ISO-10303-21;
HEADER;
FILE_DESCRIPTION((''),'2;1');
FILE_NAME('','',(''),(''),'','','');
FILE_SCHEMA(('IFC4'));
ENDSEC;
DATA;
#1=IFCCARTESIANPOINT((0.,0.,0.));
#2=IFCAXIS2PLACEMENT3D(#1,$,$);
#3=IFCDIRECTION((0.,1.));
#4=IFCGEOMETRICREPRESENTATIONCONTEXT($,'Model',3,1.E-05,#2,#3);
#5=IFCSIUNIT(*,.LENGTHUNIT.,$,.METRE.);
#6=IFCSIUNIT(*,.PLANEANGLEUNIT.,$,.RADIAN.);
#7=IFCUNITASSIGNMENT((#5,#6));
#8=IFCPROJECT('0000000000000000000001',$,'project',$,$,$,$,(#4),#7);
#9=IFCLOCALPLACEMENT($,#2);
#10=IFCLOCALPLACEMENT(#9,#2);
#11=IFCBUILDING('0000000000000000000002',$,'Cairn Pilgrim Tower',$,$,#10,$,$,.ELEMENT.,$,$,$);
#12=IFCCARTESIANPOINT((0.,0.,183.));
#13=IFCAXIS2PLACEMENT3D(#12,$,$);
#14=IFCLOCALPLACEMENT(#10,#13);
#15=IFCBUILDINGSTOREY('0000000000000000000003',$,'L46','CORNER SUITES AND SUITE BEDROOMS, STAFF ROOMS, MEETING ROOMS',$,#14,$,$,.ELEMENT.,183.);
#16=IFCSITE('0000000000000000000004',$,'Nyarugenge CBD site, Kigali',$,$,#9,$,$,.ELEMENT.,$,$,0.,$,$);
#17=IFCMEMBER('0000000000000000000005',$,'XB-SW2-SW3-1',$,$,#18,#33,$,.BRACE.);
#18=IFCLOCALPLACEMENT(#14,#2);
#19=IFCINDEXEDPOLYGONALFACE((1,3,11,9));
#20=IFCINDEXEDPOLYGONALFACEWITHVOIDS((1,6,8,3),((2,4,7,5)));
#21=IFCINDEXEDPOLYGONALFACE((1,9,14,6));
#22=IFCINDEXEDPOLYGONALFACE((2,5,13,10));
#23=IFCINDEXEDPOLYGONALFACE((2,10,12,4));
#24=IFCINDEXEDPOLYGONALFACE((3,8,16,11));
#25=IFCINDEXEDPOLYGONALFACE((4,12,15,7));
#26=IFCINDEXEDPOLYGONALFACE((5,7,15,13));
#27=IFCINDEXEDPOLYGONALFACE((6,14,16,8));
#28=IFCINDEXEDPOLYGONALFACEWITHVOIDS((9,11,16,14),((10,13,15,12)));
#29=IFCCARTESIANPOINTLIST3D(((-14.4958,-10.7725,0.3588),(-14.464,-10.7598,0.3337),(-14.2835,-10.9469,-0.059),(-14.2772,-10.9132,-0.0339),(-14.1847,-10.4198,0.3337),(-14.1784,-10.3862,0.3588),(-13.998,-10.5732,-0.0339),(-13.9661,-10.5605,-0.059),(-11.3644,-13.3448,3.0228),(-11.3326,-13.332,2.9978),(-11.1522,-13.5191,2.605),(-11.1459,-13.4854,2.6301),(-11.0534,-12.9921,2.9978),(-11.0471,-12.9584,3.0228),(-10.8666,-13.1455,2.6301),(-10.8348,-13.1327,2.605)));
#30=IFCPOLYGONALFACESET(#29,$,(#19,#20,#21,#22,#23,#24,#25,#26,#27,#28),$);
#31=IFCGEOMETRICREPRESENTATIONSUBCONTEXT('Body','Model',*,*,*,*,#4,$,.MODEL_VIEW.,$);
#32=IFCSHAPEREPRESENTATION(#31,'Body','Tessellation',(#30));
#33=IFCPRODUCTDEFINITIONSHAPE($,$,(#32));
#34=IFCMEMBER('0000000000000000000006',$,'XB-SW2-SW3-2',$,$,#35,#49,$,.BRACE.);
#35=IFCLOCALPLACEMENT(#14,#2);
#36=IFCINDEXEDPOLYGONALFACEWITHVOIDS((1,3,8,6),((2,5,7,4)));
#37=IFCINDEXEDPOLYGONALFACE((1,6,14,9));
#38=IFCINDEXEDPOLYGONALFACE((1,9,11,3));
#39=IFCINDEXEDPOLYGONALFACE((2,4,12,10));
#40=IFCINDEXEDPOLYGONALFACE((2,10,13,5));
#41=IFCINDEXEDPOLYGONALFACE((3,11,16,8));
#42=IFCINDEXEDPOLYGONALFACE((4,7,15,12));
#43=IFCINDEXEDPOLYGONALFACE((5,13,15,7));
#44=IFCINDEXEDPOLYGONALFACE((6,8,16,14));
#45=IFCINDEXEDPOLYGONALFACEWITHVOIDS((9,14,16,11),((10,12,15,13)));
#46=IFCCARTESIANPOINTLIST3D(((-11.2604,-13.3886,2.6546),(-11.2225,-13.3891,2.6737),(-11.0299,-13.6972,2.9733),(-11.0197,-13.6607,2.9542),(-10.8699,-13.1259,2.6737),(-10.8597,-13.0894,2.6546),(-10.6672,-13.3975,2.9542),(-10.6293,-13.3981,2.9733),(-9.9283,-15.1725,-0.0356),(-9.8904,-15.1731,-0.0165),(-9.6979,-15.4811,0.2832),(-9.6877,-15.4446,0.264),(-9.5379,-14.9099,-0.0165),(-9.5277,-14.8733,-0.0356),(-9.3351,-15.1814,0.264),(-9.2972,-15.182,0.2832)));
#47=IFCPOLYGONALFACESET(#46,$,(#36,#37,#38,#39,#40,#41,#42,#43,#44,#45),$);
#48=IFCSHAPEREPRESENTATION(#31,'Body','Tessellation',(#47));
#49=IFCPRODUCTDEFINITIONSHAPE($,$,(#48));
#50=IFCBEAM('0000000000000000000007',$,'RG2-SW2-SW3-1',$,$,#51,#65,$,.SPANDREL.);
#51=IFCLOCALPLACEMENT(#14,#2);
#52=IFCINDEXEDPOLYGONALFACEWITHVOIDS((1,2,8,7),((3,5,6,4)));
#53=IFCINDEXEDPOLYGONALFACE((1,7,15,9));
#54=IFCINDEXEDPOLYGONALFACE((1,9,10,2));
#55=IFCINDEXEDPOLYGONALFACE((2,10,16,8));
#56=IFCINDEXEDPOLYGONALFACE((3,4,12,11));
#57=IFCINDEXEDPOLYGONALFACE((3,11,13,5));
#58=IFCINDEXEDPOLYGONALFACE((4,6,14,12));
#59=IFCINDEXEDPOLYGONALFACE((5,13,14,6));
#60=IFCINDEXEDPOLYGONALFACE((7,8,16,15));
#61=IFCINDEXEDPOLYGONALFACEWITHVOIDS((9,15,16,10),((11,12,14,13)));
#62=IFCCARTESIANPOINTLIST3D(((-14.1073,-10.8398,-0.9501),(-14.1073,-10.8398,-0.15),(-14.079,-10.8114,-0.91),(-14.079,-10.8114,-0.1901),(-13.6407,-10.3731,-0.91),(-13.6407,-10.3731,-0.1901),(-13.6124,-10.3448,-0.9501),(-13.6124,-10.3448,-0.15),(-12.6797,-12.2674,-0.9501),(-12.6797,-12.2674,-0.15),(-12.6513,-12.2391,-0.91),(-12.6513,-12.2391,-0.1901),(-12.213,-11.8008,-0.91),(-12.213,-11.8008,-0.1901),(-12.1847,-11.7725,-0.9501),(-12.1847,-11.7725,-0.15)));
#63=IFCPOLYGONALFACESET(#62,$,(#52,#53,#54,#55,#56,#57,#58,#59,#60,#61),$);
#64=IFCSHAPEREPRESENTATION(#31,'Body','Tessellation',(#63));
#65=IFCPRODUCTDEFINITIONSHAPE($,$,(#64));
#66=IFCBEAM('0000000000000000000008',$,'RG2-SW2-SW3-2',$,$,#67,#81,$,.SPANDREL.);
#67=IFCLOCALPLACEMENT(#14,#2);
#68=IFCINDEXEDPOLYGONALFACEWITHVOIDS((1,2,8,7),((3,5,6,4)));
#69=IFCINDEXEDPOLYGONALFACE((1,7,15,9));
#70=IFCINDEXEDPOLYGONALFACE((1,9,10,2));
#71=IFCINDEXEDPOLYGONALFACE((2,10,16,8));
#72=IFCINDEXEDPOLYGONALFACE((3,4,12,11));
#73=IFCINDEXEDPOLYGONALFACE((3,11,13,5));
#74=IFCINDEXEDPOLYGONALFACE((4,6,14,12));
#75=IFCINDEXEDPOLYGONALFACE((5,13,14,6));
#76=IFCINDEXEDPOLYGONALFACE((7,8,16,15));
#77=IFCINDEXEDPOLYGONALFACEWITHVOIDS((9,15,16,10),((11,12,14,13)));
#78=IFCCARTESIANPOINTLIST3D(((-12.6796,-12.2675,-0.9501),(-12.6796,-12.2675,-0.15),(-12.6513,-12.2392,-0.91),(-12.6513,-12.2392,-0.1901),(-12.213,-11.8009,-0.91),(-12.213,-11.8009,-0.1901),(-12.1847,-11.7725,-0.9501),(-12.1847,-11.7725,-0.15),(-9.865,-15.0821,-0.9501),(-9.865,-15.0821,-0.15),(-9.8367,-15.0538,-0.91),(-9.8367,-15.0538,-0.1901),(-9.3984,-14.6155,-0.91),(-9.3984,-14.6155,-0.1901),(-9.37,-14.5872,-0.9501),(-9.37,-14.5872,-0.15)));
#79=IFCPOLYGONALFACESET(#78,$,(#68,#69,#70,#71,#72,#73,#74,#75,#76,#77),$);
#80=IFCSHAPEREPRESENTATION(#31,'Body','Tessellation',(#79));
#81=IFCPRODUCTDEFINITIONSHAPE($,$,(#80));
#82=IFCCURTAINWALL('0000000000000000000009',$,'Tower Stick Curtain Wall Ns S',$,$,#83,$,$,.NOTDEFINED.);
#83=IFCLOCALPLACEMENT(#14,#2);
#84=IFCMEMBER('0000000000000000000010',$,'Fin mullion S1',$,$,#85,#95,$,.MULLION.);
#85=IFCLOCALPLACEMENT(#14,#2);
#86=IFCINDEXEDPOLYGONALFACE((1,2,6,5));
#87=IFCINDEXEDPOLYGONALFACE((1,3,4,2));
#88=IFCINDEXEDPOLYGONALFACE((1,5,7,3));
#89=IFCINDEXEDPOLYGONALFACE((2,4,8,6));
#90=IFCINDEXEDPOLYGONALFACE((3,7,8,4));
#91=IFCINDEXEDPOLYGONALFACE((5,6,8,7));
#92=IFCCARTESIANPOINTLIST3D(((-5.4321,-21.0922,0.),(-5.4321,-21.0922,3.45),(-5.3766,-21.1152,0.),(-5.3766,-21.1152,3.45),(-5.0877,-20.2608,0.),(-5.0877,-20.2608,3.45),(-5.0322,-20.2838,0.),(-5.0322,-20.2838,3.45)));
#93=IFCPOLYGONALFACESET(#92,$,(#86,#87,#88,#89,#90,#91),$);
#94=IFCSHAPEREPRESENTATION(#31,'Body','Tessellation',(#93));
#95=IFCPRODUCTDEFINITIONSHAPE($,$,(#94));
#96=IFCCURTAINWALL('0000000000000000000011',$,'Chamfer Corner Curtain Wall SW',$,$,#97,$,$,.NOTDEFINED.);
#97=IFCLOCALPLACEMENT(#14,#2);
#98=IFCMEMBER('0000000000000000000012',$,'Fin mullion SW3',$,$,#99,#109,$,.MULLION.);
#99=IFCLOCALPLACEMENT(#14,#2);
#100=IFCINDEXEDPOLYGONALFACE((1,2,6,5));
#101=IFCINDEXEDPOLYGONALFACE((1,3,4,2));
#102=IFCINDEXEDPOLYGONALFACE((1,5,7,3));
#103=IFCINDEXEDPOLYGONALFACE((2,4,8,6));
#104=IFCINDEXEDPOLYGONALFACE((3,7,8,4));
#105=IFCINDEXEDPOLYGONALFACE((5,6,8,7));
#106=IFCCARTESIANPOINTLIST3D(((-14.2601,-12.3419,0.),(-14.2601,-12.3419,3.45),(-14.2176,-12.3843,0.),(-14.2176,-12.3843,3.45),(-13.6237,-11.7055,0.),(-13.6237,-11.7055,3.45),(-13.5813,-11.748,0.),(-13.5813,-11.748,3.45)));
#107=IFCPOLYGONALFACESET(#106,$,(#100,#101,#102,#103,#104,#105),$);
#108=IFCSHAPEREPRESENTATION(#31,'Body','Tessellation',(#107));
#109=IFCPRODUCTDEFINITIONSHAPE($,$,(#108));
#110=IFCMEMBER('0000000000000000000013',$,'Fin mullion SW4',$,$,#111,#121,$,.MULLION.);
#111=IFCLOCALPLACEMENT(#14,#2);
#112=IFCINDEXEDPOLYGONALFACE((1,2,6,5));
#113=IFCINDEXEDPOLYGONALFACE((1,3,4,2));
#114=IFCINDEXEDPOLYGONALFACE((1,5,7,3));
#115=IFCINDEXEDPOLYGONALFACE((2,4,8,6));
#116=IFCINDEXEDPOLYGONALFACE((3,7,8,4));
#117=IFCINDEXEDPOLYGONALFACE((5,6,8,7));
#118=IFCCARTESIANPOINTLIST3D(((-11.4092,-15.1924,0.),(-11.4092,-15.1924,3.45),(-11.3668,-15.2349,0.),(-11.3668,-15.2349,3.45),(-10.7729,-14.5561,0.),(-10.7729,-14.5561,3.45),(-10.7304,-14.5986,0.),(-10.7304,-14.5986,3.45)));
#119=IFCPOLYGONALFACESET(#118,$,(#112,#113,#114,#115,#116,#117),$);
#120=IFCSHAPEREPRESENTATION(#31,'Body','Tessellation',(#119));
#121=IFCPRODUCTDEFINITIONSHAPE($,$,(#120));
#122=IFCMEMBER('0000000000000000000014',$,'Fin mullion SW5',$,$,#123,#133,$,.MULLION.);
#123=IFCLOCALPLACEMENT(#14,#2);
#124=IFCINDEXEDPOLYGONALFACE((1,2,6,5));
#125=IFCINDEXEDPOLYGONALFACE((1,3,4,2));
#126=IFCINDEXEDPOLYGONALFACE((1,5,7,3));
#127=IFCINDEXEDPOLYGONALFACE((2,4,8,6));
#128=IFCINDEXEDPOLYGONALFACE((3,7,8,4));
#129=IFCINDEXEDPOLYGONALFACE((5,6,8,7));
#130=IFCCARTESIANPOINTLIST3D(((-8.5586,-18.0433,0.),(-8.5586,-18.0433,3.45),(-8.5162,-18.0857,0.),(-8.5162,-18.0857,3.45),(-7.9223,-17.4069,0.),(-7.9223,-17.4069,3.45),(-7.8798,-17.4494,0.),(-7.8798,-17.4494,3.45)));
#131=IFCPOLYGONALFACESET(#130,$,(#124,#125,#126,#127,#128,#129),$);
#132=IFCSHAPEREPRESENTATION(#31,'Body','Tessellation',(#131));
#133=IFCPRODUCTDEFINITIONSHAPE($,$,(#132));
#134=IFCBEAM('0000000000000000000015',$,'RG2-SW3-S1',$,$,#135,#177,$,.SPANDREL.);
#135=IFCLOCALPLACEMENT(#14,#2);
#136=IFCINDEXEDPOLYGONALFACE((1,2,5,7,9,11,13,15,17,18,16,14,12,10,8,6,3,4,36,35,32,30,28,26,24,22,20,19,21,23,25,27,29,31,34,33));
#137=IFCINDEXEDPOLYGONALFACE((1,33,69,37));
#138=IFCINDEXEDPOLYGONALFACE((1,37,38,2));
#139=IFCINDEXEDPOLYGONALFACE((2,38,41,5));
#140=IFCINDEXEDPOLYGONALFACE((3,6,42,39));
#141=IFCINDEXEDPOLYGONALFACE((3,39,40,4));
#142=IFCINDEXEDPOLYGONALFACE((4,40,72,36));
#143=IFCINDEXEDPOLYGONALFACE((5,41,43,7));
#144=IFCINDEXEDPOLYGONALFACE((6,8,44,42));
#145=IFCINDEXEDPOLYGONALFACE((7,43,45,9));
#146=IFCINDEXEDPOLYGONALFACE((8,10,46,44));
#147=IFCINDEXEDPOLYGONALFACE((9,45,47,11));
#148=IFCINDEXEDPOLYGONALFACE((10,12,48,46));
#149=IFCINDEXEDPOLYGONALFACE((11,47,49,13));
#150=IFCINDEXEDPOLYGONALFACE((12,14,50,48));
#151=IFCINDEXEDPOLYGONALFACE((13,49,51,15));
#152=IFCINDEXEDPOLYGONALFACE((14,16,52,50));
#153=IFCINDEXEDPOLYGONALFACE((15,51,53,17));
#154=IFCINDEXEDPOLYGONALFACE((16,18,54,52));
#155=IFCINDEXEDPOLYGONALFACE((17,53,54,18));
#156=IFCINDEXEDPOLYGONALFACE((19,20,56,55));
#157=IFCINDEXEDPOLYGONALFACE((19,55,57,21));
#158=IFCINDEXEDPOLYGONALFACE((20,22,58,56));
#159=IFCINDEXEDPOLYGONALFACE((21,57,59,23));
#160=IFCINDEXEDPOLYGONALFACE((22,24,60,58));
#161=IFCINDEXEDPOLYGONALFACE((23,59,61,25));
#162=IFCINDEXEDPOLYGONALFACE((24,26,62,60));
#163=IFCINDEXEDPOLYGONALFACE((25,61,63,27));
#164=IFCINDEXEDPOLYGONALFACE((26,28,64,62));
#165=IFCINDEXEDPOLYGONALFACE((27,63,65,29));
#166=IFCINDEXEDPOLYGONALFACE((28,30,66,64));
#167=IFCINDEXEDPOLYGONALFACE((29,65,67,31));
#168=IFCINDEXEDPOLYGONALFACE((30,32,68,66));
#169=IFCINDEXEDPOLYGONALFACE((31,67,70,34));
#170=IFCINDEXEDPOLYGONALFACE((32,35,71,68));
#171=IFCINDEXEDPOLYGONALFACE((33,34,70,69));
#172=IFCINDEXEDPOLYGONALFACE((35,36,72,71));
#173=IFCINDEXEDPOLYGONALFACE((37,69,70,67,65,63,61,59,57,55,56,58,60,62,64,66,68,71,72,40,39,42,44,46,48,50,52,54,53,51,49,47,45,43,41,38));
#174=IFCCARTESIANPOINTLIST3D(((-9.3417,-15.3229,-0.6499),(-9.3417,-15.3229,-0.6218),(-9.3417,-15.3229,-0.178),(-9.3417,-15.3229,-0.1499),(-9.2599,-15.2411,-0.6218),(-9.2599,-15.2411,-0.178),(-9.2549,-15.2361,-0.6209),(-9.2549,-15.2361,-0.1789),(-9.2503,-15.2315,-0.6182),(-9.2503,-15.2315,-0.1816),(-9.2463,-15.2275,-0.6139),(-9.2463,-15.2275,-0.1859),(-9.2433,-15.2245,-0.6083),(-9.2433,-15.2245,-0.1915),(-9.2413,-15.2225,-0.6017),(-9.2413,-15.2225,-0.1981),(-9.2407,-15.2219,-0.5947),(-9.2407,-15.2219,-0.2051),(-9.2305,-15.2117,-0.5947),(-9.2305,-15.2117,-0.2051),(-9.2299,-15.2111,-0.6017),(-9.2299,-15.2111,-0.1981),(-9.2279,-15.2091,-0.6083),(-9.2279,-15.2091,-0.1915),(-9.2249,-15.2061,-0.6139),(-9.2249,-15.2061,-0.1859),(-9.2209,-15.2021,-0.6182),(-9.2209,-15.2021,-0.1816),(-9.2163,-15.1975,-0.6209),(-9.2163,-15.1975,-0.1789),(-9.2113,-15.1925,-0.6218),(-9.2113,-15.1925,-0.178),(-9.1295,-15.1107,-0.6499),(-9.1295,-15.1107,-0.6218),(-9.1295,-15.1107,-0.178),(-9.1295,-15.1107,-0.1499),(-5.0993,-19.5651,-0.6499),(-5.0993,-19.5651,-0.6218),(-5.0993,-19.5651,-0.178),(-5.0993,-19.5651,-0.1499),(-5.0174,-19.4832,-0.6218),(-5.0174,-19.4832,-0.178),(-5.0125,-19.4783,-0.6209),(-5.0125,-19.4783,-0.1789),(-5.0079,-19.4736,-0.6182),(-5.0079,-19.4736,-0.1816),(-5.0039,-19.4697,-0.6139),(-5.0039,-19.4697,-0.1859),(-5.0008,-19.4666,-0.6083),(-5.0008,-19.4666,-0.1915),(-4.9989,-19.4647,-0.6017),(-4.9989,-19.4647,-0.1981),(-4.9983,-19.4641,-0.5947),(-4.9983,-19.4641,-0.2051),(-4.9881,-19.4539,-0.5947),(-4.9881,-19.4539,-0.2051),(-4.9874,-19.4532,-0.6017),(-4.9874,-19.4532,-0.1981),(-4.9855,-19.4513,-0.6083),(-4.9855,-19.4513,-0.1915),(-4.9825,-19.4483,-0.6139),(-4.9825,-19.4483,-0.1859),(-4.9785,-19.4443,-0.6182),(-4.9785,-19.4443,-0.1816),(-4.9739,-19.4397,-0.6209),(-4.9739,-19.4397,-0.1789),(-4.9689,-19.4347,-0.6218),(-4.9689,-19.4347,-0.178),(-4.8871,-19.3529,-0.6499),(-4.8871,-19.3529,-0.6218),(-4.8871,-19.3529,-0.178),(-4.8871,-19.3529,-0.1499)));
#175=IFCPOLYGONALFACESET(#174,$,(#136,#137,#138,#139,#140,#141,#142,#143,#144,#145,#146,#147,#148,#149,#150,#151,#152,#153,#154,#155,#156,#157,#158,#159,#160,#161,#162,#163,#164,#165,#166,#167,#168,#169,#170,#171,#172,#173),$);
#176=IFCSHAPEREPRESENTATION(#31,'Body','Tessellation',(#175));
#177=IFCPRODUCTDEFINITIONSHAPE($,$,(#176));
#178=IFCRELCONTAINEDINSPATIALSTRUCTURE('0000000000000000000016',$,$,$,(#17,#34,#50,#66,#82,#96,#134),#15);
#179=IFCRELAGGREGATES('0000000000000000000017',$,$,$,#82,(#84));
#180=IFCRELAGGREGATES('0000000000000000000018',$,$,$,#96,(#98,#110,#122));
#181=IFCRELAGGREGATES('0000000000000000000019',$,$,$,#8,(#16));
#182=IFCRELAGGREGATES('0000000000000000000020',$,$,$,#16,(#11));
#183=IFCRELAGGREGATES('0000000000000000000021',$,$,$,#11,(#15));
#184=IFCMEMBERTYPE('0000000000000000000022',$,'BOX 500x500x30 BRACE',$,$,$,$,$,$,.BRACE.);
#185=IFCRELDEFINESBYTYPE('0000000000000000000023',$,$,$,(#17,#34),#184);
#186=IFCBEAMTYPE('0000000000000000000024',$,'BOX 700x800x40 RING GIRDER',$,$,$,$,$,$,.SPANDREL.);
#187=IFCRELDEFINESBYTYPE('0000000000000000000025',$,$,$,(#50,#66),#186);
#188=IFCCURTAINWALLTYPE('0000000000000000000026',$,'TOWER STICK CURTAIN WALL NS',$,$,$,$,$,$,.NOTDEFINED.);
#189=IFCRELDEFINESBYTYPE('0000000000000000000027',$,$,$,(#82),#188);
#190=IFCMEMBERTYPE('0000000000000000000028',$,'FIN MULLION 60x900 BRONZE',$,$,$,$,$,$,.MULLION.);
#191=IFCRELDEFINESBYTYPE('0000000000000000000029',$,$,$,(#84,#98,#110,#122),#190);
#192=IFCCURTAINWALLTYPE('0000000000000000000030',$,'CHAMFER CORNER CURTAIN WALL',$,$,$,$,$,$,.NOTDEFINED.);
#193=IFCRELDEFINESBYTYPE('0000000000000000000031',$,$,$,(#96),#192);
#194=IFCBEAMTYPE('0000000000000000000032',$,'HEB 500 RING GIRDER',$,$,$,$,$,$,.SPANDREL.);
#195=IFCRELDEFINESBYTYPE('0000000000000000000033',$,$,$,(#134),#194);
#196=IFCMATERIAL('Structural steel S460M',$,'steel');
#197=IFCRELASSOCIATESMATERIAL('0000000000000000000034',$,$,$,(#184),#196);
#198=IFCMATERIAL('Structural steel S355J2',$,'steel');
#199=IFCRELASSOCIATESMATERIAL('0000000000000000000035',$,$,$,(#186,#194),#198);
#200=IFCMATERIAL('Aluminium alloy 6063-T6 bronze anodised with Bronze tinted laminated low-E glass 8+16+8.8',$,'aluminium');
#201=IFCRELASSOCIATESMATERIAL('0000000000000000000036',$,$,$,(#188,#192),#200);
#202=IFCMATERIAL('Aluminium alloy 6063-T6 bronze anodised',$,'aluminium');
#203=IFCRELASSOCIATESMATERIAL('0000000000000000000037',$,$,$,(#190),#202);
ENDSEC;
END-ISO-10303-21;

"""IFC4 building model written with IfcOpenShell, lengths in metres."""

from ifc_helpers import new_model, si_unit, direction, frame, origin, origin_2d, place, context, subcontext, project, spatial, rectangle, hollow_rectangle, i_section, extrude, material, material_profile, profile_set, type_object, element, aggregate, save


model = new_model("IFC4")

# Units and contexts
model_context = context("Model", 3, precision=1e-05, world=origin(), true_north=direction((0.0, 1.0)))
body_context = subcontext(model_context, "Body", "Model", "MODEL_VIEW")
ifc_project = project(units=[si_unit("LENGTHUNIT", "METRE"), si_unit("PLANEANGLEUNIT", "RADIAN")], contexts=[model_context])

# Site, building, storey
site_placement = place(None, origin())
site = spatial("IfcSite", under=ifc_project, at=site_placement, Name="Nyarugenge CBD site, Kigali", CompositionType="ELEMENT", RefElevation=0.0)
building_placement = place(site_placement, origin())
building = spatial("IfcBuilding", under=site, at=building_placement, Name="Cairn Pilgrim Tower", CompositionType="ELEMENT")
storey_placement = place(building_placement, frame((0.0, 0.0, 183.0)))
storey = spatial("IfcBuildingStorey", under=building, at=storey_placement, Name="L46", Description="CORNER SUITES AND SUITE BEDROOMS, STAFF ROOMS, MEETING ROOMS", CompositionType="ELEMENT", Elevation=183.0)

# Shared definitions
ifc_material_1 = material(Name="Structural steel S460M", Category="steel")

# Members
ifc_material_profile_1 = material_profile(ifc_material_1, hollow_rectangle(XDim=0.5, YDim=0.5, WallThickness=0.03, at=origin_2d()), Name="BOX 500x500x30")
ifc_profile_set_1 = profile_set([ifc_material_profile_1], Name="Structural steel S460M")
member_type_1 = type_object("IfcMemberType", Name="BOX 500x500x30 BRACE", PredefinedType="BRACE", material=ifc_profile_set_1)
member_1_placement = place(storey_placement, frame((-14.231, -10.6665, 0.1499), z_axis=(0.645685, -0.530402, 0.549331), x_axis=(0.634752, 0.772716, 0.0)))
element("IfcMember", 1, at=member_1_placement, inside=storey, type_object=member_type_1, Name="XB-SW2-SW3-1", PredefinedType="BRACE", context=body_context, shape_type="SweptSolid", body=[
    extrude(hollow_rectangle(XDim=0.5, YDim=0.5, WallThickness=0.03, at=origin_2d()), origin(), (0.0, 0.0, 1.0), 4.8496),
])
member_2_placement = place(storey_placement, frame((-9.6128, -15.1772, 0.1238), z_axis=(-0.381456, 0.510868, 0.770393), x_axis=(-0.801275, -0.598297, 0.0)))
element("IfcMember", 2, at=member_2_placement, inside=storey, type_object=member_type_1, Name="XB-SW2-SW3-2", PredefinedType="BRACE", context=body_context, shape_type="SweptSolid", body=[
    extrude(hollow_rectangle(XDim=0.5, YDim=0.5, WallThickness=0.03, at=origin_2d()), origin(), (0.0, 0.0, 1.0), 3.4919),
])

# Beams
ifc_material_2 = material(Name="Structural steel S355J2", Category="steel")
ifc_material_profile_2 = material_profile(ifc_material_2, hollow_rectangle(XDim=0.7, YDim=0.8, WallThickness=0.04, at=origin_2d()), Name="BOX 700x800x40")
ifc_profile_set_2 = profile_set([ifc_material_profile_2], Name="Structural steel S355J2")
beam_type_1 = type_object("IfcBeamType", Name="BOX 700x800x40 RING GIRDER", PredefinedType="SPANDREL", material=ifc_profile_set_2)
beam_1_placement = place(storey_placement, frame((-13.8599, -10.5923, -0.55), z_axis=(0.707107, -0.707107, 0.0), x_axis=(0.707107, 0.707107, 0.0)))
element("IfcBeam", 3, at=beam_1_placement, inside=storey, type_object=beam_type_1, Name="RG2-SW2-SW3-1", PredefinedType="SPANDREL", context=body_context, shape_type="SweptSolid", body=[
    extrude(hollow_rectangle(XDim=0.7, YDim=0.8, WallThickness=0.04, at=origin_2d()), origin(), (0.0, 0.0, 1.0), 2.019),
])
beam_2_placement = place(storey_placement, frame((-12.4321, -12.02, -0.55), z_axis=(0.707107, -0.707107, 0.0), x_axis=(0.707107, 0.707107, 0.0)))
element("IfcBeam", 4, at=beam_2_placement, inside=storey, type_object=beam_type_1, Name="RG2-SW2-SW3-2", PredefinedType="SPANDREL", context=body_context, shape_type="SweptSolid", body=[
    extrude(hollow_rectangle(XDim=0.7, YDim=0.8, WallThickness=0.04, at=origin_2d()), origin(), (0.0, 0.0, 1.0), 3.9805),
])

# Curtain wall, member
ifc_material_3 = material(Name="Aluminium alloy 6063-T6 bronze anodised with Bronze tinted laminated low-E glass 8+16+8.8", Category="aluminium")
curtain_wall_type_1 = type_object("IfcCurtainWallType", Name="TOWER STICK CURTAIN WALL NS", PredefinedType="NOTDEFINED", material=ifc_material_3)
curtain_wall_1_placement = place(storey_placement, origin())
curtain_wall_1 = element("IfcCurtainWall", 5, at=curtain_wall_1_placement, inside=storey, type_object=curtain_wall_type_1, Name="Tower Stick Curtain Wall Ns S", PredefinedType="NOTDEFINED")
ifc_material_4 = material(Name="Aluminium alloy 6063-T6 bronze anodised", Category="aluminium")
ifc_material_profile_3 = material_profile(ifc_material_4, rectangle(XDim=0.8999, YDim=0.0601, at=origin_2d()), Name="FIN MULLION 60x900 BRONZE")
ifc_profile_set_3 = profile_set([ifc_material_profile_3], Name="Aluminium alloy 6063-T6 bronze anodised")
member_type_2 = type_object("IfcMemberType", Name="FIN MULLION 60x900 BRONZE", PredefinedType="MULLION", material=ifc_profile_set_3)
member_3_placement = place(storey_placement, frame((-5.2322, -20.688, 0.0), z_axis=(0.0, 0.0, 1.0), x_axis=(-0.382683, -0.92388, 0.0)))
member_3 = element("IfcMember", 6, at=member_3_placement, type_object=member_type_2, Name="Fin mullion S1", PredefinedType="MULLION", context=body_context, shape_type="SweptSolid", body=[
    extrude(rectangle(XDim=0.8999, YDim=0.0601, at=origin_2d()), origin(), (0.0, 0.0, 1.0), 3.45),
])

# Curtain wall, members
curtain_wall_type_2 = type_object("IfcCurtainWallType", Name="CHAMFER CORNER CURTAIN WALL", PredefinedType="NOTDEFINED", material=ifc_material_3)
curtain_wall_2_placement = place(storey_placement, origin())
curtain_wall_2 = element("IfcCurtainWall", 7, at=curtain_wall_2_placement, inside=storey, type_object=curtain_wall_type_2, Name="Chamfer Corner Curtain Wall SW", PredefinedType="NOTDEFINED")
member_4_placement = place(storey_placement, frame((-13.9207, -12.0449, 0.0), z_axis=(0.0, 0.0, 1.0), x_axis=(-0.707107, -0.707107, 0.0)))
member_4 = element("IfcMember", 8, at=member_4_placement, type_object=member_type_2, Name="Fin mullion SW3", PredefinedType="MULLION", context=body_context, shape_type="SweptSolid", body=[
    extrude(rectangle(XDim=0.8999, YDim=0.0601, at=origin_2d()), origin(), (0.0, 0.0, 1.0), 3.45),
])
member_5_placement = place(storey_placement, frame((-11.0698, -14.8955, 0.0), z_axis=(0.0, 0.0, 1.0), x_axis=(-0.707107, -0.707107, 0.0)))
member_5 = element("IfcMember", 9, at=member_5_placement, type_object=member_type_2, Name="Fin mullion SW4", PredefinedType="MULLION", context=body_context, shape_type="SweptSolid", body=[
    extrude(rectangle(XDim=0.8999, YDim=0.0601, at=origin_2d()), origin(), (0.0, 0.0, 1.0), 3.45),
])
member_6_placement = place(storey_placement, frame((-8.2192, -17.7463, 0.0), z_axis=(0.0, 0.0, 1.0), x_axis=(-0.707107, -0.707107, 0.0)))
member_6 = element("IfcMember", 10, at=member_6_placement, type_object=member_type_2, Name="Fin mullion SW5", PredefinedType="MULLION", context=body_context, shape_type="SweptSolid", body=[
    extrude(rectangle(XDim=0.8999, YDim=0.0601, at=origin_2d()), origin(), (0.0, 0.0, 1.0), 3.45),
])

# Beam
ifc_material_profile_4 = material_profile(ifc_material_2, i_section(OverallWidth=0.3, OverallDepth=0.5, WebThickness=0.0144, FlangeThickness=0.0281, FilletRadius=0.0271, at=origin_2d()), Name="HEB 500")
ifc_profile_set_4 = profile_set([ifc_material_profile_4], Name="Structural steel S355J2")
beam_type_2 = type_object("IfcBeamType", Name="HEB 500 RING GIRDER", PredefinedType="SPANDREL", material=ifc_profile_set_4)
beam_3_placement = place(storey_placement, frame((-9.2356, -15.2168, -0.3999), z_axis=(0.707127, -0.707086, 0.0), x_axis=(0.707086, 0.707127, 0.0)))
element("IfcBeam", 11, at=beam_3_placement, inside=storey, type_object=beam_type_2, Name="RG2-SW3-S1", PredefinedType="SPANDREL", context=body_context, shape_type="SweptSolid", body=[
    extrude(i_section(OverallWidth=0.3, OverallDepth=0.5, WebThickness=0.0144, FlangeThickness=0.0281, FilletRadius=0.0271, at=origin_2d()), origin(), (0.0, 0.0, 1.0), 5.9995),
])

aggregate(curtain_wall_1, [member_3])

aggregate(curtain_wall_2, [member_4, member_5, member_6])

save(model, "model.ifc")
